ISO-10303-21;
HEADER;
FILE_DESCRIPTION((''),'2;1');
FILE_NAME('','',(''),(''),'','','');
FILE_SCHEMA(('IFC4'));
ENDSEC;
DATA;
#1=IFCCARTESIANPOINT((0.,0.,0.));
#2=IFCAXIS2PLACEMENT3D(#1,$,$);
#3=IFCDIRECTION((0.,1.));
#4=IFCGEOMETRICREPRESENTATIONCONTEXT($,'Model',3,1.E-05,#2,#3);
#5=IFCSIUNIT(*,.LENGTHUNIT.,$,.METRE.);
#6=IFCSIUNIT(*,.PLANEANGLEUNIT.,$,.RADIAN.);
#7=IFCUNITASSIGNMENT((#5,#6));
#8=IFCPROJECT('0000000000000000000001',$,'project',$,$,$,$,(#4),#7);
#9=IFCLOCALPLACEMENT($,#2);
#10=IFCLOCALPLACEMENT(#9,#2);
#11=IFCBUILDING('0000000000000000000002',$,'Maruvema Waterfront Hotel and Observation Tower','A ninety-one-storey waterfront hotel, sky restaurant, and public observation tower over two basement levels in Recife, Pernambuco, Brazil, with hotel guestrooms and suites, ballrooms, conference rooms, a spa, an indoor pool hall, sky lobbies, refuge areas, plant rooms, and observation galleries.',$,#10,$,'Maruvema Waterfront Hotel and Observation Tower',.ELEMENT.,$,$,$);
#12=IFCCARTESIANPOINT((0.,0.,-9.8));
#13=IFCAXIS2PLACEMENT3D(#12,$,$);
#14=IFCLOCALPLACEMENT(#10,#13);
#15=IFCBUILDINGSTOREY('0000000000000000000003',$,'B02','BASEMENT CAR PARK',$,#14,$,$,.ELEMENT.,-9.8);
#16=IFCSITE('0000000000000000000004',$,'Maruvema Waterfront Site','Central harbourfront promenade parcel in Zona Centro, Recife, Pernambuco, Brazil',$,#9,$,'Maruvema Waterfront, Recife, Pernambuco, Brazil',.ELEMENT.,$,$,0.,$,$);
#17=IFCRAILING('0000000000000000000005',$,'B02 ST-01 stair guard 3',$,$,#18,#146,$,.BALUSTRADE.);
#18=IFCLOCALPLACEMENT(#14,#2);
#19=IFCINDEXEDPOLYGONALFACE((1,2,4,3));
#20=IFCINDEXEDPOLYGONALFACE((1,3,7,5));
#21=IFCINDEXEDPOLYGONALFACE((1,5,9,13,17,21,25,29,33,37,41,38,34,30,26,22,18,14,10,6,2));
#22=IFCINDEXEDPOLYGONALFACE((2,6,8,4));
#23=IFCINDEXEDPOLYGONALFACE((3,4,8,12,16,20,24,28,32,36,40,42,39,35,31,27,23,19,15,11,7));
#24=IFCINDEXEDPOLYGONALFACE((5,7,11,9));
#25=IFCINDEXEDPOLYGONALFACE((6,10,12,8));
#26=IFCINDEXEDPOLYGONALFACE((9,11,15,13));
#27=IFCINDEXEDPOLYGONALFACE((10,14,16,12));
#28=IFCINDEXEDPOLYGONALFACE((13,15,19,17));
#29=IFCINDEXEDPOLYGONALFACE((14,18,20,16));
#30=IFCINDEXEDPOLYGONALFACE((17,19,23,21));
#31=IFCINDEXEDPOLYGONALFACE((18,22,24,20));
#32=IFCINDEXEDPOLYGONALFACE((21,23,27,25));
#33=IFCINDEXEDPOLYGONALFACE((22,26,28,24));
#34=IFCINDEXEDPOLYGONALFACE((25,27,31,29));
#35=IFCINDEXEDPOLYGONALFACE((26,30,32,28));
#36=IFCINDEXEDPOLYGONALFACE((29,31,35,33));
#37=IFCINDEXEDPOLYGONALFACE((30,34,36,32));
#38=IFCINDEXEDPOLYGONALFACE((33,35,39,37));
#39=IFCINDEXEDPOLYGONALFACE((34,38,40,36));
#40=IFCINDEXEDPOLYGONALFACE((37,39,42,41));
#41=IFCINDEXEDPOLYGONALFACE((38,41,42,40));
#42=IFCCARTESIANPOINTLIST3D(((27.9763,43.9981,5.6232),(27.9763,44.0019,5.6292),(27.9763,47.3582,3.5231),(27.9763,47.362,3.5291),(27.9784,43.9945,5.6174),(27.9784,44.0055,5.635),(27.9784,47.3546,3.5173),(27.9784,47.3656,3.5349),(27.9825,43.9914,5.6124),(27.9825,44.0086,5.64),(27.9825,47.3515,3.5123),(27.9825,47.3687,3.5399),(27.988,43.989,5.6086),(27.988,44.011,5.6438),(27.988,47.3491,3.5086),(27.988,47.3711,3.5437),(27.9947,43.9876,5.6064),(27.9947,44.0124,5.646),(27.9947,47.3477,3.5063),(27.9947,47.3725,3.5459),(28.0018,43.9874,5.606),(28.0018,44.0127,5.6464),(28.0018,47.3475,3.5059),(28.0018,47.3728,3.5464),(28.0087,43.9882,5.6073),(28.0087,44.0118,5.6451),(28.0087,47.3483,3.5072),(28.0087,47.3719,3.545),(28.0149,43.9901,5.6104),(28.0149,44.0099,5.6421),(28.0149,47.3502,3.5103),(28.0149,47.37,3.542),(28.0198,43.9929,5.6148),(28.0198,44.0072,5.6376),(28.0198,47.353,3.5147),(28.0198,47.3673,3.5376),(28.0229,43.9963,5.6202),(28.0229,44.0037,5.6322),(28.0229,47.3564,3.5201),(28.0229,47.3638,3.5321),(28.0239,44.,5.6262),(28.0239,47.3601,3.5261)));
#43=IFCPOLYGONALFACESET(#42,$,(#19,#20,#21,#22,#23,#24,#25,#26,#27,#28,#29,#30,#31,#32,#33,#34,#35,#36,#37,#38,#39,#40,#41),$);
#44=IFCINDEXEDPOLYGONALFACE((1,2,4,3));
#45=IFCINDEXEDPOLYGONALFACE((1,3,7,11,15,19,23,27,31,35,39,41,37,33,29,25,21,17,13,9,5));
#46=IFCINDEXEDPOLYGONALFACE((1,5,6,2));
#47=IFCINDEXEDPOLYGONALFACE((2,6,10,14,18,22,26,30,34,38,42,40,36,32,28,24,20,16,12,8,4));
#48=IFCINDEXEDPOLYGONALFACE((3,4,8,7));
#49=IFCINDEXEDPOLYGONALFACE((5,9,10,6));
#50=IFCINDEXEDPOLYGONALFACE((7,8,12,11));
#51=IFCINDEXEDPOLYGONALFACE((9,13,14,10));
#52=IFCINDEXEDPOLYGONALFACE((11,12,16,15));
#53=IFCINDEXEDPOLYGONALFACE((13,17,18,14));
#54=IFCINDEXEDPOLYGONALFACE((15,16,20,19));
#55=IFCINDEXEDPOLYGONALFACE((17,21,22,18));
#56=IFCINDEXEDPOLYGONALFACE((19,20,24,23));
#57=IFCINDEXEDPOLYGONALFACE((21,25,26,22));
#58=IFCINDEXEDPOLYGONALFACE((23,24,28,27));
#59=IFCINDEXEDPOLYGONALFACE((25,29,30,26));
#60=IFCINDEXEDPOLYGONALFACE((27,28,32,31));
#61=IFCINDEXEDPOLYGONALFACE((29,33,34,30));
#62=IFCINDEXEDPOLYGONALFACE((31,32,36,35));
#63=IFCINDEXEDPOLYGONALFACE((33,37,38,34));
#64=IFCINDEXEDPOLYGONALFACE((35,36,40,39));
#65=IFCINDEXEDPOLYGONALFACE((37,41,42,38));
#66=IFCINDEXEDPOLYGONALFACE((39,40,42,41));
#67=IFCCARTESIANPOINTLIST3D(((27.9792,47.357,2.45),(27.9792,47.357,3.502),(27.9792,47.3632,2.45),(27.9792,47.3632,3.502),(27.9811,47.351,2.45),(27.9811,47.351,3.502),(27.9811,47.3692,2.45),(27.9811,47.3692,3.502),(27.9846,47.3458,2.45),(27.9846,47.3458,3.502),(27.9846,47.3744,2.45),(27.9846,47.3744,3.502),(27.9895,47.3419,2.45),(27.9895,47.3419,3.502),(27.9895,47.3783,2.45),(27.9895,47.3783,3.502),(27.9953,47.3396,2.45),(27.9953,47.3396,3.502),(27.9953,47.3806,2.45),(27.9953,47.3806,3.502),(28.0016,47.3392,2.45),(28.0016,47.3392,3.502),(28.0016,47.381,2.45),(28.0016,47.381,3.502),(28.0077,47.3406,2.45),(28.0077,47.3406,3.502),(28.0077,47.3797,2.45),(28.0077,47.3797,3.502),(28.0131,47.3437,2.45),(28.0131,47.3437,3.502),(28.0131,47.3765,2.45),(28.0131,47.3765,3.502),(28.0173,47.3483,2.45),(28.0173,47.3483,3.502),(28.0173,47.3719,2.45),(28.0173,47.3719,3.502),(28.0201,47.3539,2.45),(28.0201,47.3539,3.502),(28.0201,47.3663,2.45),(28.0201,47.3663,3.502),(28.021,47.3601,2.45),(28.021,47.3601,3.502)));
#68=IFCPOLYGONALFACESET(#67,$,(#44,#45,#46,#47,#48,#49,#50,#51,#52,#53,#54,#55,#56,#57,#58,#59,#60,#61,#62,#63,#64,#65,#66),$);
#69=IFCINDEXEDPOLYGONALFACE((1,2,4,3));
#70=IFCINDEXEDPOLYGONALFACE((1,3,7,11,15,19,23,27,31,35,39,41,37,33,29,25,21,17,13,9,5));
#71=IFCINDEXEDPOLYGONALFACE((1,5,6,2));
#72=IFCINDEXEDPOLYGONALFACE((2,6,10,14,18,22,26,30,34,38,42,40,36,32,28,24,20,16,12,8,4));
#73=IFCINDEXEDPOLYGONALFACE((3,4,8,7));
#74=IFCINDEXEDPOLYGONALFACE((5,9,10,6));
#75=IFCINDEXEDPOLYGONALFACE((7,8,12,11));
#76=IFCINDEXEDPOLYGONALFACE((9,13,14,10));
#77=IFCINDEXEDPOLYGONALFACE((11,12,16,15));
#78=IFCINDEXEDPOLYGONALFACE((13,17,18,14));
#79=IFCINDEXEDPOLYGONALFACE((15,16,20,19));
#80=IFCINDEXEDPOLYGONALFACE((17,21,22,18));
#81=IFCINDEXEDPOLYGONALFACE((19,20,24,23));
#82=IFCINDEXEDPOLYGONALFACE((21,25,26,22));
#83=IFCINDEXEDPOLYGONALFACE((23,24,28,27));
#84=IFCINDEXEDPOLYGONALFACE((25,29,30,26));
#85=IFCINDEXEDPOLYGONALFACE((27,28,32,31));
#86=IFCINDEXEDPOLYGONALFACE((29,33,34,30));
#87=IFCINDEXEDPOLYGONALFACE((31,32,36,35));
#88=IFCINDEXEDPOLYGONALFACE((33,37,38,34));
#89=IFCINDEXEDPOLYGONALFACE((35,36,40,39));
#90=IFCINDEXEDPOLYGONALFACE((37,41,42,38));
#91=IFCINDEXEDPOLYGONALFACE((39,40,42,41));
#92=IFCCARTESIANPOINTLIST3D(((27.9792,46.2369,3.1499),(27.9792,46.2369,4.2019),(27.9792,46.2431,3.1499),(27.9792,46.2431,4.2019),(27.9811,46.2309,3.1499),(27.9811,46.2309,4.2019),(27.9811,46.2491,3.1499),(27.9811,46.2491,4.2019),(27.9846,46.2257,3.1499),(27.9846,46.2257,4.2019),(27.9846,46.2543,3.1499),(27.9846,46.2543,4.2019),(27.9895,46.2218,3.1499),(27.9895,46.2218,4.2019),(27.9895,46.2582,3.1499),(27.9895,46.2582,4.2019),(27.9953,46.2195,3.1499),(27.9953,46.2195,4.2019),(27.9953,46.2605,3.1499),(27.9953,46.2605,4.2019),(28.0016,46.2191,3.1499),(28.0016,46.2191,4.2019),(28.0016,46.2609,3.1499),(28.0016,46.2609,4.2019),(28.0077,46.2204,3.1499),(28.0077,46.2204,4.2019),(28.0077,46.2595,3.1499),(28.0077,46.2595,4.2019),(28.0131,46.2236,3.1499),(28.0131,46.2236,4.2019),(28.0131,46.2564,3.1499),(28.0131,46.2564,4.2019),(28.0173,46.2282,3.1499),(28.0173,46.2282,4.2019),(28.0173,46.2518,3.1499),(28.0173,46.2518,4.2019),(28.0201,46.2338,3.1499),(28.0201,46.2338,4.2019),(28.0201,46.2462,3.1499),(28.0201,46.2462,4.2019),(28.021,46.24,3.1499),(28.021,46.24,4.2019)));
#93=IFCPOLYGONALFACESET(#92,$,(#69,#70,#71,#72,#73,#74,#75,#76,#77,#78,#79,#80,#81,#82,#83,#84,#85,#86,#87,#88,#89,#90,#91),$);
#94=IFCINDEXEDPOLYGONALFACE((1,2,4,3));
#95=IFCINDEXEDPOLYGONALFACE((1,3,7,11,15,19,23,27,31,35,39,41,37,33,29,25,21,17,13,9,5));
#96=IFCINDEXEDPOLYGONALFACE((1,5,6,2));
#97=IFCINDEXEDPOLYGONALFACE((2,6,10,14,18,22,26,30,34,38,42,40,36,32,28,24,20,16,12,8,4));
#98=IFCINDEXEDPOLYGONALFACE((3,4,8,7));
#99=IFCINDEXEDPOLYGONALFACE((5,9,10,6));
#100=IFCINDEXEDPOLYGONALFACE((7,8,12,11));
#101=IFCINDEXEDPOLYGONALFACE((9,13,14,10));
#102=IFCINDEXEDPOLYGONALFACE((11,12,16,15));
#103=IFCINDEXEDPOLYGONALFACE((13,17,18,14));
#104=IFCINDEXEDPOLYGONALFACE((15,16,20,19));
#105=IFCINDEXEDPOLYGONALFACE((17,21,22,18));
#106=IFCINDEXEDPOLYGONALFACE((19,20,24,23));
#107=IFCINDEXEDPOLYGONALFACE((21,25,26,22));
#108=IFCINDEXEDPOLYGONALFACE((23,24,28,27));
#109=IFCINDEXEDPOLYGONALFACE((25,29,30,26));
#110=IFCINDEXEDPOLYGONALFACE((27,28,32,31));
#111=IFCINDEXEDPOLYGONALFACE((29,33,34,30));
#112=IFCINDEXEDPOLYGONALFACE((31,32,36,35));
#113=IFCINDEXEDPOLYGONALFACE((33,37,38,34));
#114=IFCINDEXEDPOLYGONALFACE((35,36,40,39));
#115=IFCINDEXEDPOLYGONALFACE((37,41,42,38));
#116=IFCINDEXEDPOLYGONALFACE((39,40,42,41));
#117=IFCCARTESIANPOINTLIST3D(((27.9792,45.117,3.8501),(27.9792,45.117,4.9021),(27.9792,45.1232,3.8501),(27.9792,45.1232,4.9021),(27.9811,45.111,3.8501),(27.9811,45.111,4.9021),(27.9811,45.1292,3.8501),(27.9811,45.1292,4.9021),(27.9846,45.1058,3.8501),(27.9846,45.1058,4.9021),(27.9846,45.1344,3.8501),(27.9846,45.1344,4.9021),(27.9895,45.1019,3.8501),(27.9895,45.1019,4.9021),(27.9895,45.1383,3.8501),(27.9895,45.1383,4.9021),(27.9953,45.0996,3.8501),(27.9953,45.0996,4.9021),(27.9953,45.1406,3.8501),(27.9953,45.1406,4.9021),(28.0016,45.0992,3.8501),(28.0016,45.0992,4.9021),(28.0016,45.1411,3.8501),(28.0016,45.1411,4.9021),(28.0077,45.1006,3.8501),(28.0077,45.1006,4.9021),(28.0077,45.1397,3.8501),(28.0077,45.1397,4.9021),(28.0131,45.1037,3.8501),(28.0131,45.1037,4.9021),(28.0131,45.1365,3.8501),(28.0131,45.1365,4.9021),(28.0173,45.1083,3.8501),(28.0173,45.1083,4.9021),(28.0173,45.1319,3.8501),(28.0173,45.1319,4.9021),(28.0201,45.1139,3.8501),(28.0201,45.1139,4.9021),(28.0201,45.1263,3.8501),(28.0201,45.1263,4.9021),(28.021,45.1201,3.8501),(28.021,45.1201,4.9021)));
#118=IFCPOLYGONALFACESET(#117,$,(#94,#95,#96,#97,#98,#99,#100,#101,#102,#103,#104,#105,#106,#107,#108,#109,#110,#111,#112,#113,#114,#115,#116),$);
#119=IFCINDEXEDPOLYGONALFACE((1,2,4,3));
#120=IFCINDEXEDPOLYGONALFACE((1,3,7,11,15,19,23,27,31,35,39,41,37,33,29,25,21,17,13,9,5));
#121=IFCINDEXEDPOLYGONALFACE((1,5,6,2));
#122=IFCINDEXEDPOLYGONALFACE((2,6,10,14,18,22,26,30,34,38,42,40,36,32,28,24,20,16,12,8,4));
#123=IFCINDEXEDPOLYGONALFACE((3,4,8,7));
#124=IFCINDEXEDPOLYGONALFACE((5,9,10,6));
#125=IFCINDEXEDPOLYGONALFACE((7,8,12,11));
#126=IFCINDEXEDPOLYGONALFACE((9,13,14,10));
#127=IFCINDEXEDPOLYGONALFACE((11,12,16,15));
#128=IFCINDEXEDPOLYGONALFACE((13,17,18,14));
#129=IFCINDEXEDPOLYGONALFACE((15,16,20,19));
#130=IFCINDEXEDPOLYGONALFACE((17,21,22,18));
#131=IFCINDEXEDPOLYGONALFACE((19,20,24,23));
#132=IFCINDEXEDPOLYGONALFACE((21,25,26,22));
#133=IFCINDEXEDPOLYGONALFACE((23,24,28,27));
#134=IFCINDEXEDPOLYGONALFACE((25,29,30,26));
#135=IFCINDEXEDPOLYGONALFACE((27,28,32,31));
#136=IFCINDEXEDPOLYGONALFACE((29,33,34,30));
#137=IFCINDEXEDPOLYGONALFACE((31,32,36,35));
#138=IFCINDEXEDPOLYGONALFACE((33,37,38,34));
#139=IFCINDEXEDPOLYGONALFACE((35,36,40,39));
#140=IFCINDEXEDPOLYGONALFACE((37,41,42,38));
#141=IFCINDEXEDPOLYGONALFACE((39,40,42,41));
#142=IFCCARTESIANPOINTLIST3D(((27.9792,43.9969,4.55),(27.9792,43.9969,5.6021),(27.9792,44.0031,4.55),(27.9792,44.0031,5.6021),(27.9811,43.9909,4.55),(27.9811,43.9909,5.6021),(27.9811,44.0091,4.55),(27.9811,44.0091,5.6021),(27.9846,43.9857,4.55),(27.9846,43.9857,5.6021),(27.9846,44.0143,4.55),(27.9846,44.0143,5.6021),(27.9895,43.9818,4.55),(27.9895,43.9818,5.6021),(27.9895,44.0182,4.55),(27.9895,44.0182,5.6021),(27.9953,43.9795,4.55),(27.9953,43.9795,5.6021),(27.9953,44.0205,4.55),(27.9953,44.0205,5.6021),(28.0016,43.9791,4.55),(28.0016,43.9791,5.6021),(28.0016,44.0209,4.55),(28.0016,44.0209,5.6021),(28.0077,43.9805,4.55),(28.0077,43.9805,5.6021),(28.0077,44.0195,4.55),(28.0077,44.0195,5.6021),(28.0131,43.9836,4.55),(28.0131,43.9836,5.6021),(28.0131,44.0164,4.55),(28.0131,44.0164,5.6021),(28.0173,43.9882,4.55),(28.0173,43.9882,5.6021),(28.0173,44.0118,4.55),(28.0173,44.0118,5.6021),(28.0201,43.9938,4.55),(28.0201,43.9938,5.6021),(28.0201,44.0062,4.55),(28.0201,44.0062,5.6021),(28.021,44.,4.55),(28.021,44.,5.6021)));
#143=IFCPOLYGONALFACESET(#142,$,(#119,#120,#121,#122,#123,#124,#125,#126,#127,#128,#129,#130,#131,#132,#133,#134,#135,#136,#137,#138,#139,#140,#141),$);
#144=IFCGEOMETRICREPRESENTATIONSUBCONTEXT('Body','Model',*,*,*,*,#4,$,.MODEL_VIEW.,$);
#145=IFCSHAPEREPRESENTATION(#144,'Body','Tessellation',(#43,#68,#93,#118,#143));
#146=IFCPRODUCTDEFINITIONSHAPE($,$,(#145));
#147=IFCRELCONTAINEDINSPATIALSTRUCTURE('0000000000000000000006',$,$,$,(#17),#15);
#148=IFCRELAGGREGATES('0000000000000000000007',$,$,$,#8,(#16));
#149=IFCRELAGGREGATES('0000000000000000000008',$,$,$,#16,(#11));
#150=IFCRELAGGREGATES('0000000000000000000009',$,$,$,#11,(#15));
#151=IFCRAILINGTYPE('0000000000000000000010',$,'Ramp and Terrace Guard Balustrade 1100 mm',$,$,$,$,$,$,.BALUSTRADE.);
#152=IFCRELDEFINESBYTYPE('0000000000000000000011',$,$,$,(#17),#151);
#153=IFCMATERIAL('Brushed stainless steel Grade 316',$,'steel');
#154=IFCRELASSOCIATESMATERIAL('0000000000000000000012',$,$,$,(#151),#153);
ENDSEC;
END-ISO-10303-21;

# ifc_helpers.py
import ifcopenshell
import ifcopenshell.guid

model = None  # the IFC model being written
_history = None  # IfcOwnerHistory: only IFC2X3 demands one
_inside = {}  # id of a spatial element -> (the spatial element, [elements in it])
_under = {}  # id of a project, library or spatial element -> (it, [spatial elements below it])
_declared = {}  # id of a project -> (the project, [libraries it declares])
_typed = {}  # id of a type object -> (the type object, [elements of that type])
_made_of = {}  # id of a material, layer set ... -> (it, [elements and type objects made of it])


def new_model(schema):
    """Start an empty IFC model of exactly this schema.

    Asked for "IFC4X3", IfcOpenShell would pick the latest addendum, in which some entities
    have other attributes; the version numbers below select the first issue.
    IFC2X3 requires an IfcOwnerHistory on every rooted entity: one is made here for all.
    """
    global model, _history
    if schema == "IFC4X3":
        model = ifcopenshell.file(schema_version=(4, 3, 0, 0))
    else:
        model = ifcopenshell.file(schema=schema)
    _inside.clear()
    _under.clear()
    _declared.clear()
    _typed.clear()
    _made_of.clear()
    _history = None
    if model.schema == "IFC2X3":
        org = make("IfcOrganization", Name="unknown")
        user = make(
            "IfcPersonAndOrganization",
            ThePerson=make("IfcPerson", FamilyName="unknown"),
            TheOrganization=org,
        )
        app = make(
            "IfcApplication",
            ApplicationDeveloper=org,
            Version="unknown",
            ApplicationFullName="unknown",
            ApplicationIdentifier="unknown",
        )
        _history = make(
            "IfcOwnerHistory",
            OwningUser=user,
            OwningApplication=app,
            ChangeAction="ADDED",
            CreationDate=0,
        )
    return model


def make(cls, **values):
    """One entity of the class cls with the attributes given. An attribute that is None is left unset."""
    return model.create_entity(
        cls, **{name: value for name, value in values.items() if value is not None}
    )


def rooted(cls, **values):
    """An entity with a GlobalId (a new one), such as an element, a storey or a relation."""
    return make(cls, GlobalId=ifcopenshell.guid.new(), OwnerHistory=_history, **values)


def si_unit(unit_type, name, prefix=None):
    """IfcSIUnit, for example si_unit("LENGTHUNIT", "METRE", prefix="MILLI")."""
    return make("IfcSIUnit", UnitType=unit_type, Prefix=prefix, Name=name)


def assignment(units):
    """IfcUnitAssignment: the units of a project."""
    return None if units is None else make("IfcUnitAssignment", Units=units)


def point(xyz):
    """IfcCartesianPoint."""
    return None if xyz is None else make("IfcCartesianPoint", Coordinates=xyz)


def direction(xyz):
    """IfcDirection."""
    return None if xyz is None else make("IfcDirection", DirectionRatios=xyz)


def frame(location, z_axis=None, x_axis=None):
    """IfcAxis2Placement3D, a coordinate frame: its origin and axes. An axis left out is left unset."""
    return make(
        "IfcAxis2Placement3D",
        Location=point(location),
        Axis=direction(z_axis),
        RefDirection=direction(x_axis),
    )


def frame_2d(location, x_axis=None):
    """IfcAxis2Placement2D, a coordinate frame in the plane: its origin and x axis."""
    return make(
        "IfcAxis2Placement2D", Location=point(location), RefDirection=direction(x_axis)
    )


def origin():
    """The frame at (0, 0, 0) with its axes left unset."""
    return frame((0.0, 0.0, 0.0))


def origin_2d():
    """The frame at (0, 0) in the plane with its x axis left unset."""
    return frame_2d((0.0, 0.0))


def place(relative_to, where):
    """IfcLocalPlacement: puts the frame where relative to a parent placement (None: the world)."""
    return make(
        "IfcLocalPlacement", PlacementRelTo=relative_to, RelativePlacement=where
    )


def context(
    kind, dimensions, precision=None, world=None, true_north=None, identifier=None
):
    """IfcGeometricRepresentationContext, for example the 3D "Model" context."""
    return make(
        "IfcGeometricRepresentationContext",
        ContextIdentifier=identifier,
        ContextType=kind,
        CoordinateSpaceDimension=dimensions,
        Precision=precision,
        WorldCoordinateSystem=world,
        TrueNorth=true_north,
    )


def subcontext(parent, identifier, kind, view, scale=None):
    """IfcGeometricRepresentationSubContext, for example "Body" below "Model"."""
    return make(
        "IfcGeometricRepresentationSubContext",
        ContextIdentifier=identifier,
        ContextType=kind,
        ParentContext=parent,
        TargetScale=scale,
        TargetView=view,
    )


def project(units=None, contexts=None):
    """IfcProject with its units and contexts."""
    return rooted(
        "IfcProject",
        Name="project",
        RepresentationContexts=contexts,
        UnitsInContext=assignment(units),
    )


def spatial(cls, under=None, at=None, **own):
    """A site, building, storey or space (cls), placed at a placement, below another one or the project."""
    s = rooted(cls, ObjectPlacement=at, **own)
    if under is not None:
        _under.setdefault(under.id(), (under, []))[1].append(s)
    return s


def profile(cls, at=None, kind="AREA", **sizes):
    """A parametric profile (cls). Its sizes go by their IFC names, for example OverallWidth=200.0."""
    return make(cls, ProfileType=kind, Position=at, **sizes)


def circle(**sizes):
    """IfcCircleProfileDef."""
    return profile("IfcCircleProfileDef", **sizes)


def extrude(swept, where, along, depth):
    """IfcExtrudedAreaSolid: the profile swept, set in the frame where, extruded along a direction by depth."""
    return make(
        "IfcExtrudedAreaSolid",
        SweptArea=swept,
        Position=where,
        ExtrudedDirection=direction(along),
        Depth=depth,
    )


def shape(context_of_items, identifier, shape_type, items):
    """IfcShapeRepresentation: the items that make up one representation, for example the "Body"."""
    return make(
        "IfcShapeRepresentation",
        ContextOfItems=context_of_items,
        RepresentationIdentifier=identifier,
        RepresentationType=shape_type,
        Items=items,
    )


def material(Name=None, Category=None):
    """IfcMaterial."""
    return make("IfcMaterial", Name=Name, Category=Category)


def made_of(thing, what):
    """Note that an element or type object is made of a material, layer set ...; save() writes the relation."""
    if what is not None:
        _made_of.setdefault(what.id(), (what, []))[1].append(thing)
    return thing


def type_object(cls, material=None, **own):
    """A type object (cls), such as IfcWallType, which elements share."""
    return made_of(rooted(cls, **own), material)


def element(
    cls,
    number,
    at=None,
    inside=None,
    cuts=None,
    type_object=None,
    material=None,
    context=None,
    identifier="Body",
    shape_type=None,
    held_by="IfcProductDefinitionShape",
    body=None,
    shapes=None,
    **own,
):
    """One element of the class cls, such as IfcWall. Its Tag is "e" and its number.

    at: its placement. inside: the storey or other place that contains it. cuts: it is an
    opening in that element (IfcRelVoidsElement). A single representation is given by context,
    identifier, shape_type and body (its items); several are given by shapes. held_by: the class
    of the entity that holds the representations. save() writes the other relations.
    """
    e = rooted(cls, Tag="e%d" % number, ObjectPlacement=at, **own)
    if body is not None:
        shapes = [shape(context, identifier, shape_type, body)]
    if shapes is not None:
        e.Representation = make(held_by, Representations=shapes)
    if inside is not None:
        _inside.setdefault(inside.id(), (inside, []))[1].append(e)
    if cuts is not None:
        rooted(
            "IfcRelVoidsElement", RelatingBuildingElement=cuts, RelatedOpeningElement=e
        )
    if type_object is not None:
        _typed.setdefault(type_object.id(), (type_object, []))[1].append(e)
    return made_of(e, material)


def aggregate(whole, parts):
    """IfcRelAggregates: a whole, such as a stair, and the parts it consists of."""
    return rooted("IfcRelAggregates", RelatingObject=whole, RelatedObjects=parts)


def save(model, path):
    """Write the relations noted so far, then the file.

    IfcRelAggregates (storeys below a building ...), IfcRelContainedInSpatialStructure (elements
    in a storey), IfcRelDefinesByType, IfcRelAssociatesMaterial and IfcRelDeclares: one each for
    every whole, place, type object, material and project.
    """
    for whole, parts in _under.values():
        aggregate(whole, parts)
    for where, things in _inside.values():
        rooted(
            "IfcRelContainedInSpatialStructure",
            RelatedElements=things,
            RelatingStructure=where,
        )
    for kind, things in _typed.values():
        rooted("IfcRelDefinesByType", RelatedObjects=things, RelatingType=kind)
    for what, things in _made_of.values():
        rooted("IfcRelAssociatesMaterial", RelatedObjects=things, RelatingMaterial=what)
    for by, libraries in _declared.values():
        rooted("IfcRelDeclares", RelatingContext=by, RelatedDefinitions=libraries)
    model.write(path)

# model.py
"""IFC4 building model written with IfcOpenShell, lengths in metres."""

from ifc_helpers import new_model, si_unit, direction, frame, origin, origin_2d, place, context, subcontext, project, spatial, circle, extrude, material, type_object, element, save


model = new_model("IFC4")

# Units and contexts
model_context = context("Model", 3, precision=1e-05, world=origin(), true_north=direction((0.0, 1.0)))
body_context = subcontext(model_context, "Body", "Model", "MODEL_VIEW")
ifc_project = project(units=[si_unit("LENGTHUNIT", "METRE"), si_unit("PLANEANGLEUNIT", "RADIAN")], contexts=[model_context])

# Site, building, storey
site_placement = place(None, origin())
site = spatial("IfcSite", under=ifc_project, at=site_placement, Name="Maruvema Waterfront Site", Description="Central harbourfront promenade parcel in Zona Centro, Recife, Pernambuco, Brazil", LongName="Maruvema Waterfront, Recife, Pernambuco, Brazil", CompositionType="ELEMENT", RefElevation=0.0)
building_placement = place(site_placement, origin())
building = spatial("IfcBuilding", under=site, at=building_placement, Name="Maruvema Waterfront Hotel and Observation Tower", Description="A ninety-one-storey waterfront hotel, sky restaurant, and public observation tower over two basement levels in Recife, Pernambuco, Brazil, with hotel guestrooms and suites, ballrooms, conference rooms, a spa, an indoor pool hall, sky lobbies, refuge areas, plant rooms, and observation galleries.", LongName="Maruvema Waterfront Hotel and Observation Tower", CompositionType="ELEMENT")
storey_placement = place(building_placement, frame((0.0, 0.0, -9.8)))
storey = spatial("IfcBuildingStorey", under=building, at=storey_placement, Name="B02", Description="BASEMENT CAR PARK", CompositionType="ELEMENT", Elevation=-9.8)

# Railing
ifc_material_1 = material(Name="Brushed stainless steel Grade 316", Category="steel")
railing_type_1 = type_object("IfcRailingType", Name="Ramp and Terrace Guard Balustrade 1100 mm", PredefinedType="BALUSTRADE", material=ifc_material_1)
railing_1_placement = place(storey_placement, frame((28.0, 47.3601, 2.45)))
element("IfcRailing", 1, at=railing_1_placement, inside=storey, type_object=railing_type_1, Name="B02 ST-01 stair guard 3", PredefinedType="BALUSTRADE", context=body_context, shape_type="SweptSolid", body=[
    extrude(circle(Radius=0.0239, at=origin_2d()), frame((0.0, 0.0, 1.0762), z_axis=(0.0, -0.847995, 0.530004), x_axis=(1.0, 0.0, 0.0)), (0.0, 0.0, 1.0), 3.9624),
    extrude(circle(Radius=0.021, at=origin_2d()), origin(), (0.0, 0.0, 1.0), 1.052),
    extrude(circle(Radius=0.021, at=origin_2d()), frame((0.0, -1.1201, 0.7)), (0.0, 0.0, 1.0), 1.052),
    extrude(circle(Radius=0.021, at=origin_2d()), frame((0.0, -2.24, 1.4001)), (0.0, 0.0, 1.0), 1.052),
    extrude(circle(Radius=0.021, at=origin_2d()), frame((0.0, -3.3601, 2.1001)), (0.0, 0.0, 1.0), 1.052),
])

save(model, "model.ifc")
